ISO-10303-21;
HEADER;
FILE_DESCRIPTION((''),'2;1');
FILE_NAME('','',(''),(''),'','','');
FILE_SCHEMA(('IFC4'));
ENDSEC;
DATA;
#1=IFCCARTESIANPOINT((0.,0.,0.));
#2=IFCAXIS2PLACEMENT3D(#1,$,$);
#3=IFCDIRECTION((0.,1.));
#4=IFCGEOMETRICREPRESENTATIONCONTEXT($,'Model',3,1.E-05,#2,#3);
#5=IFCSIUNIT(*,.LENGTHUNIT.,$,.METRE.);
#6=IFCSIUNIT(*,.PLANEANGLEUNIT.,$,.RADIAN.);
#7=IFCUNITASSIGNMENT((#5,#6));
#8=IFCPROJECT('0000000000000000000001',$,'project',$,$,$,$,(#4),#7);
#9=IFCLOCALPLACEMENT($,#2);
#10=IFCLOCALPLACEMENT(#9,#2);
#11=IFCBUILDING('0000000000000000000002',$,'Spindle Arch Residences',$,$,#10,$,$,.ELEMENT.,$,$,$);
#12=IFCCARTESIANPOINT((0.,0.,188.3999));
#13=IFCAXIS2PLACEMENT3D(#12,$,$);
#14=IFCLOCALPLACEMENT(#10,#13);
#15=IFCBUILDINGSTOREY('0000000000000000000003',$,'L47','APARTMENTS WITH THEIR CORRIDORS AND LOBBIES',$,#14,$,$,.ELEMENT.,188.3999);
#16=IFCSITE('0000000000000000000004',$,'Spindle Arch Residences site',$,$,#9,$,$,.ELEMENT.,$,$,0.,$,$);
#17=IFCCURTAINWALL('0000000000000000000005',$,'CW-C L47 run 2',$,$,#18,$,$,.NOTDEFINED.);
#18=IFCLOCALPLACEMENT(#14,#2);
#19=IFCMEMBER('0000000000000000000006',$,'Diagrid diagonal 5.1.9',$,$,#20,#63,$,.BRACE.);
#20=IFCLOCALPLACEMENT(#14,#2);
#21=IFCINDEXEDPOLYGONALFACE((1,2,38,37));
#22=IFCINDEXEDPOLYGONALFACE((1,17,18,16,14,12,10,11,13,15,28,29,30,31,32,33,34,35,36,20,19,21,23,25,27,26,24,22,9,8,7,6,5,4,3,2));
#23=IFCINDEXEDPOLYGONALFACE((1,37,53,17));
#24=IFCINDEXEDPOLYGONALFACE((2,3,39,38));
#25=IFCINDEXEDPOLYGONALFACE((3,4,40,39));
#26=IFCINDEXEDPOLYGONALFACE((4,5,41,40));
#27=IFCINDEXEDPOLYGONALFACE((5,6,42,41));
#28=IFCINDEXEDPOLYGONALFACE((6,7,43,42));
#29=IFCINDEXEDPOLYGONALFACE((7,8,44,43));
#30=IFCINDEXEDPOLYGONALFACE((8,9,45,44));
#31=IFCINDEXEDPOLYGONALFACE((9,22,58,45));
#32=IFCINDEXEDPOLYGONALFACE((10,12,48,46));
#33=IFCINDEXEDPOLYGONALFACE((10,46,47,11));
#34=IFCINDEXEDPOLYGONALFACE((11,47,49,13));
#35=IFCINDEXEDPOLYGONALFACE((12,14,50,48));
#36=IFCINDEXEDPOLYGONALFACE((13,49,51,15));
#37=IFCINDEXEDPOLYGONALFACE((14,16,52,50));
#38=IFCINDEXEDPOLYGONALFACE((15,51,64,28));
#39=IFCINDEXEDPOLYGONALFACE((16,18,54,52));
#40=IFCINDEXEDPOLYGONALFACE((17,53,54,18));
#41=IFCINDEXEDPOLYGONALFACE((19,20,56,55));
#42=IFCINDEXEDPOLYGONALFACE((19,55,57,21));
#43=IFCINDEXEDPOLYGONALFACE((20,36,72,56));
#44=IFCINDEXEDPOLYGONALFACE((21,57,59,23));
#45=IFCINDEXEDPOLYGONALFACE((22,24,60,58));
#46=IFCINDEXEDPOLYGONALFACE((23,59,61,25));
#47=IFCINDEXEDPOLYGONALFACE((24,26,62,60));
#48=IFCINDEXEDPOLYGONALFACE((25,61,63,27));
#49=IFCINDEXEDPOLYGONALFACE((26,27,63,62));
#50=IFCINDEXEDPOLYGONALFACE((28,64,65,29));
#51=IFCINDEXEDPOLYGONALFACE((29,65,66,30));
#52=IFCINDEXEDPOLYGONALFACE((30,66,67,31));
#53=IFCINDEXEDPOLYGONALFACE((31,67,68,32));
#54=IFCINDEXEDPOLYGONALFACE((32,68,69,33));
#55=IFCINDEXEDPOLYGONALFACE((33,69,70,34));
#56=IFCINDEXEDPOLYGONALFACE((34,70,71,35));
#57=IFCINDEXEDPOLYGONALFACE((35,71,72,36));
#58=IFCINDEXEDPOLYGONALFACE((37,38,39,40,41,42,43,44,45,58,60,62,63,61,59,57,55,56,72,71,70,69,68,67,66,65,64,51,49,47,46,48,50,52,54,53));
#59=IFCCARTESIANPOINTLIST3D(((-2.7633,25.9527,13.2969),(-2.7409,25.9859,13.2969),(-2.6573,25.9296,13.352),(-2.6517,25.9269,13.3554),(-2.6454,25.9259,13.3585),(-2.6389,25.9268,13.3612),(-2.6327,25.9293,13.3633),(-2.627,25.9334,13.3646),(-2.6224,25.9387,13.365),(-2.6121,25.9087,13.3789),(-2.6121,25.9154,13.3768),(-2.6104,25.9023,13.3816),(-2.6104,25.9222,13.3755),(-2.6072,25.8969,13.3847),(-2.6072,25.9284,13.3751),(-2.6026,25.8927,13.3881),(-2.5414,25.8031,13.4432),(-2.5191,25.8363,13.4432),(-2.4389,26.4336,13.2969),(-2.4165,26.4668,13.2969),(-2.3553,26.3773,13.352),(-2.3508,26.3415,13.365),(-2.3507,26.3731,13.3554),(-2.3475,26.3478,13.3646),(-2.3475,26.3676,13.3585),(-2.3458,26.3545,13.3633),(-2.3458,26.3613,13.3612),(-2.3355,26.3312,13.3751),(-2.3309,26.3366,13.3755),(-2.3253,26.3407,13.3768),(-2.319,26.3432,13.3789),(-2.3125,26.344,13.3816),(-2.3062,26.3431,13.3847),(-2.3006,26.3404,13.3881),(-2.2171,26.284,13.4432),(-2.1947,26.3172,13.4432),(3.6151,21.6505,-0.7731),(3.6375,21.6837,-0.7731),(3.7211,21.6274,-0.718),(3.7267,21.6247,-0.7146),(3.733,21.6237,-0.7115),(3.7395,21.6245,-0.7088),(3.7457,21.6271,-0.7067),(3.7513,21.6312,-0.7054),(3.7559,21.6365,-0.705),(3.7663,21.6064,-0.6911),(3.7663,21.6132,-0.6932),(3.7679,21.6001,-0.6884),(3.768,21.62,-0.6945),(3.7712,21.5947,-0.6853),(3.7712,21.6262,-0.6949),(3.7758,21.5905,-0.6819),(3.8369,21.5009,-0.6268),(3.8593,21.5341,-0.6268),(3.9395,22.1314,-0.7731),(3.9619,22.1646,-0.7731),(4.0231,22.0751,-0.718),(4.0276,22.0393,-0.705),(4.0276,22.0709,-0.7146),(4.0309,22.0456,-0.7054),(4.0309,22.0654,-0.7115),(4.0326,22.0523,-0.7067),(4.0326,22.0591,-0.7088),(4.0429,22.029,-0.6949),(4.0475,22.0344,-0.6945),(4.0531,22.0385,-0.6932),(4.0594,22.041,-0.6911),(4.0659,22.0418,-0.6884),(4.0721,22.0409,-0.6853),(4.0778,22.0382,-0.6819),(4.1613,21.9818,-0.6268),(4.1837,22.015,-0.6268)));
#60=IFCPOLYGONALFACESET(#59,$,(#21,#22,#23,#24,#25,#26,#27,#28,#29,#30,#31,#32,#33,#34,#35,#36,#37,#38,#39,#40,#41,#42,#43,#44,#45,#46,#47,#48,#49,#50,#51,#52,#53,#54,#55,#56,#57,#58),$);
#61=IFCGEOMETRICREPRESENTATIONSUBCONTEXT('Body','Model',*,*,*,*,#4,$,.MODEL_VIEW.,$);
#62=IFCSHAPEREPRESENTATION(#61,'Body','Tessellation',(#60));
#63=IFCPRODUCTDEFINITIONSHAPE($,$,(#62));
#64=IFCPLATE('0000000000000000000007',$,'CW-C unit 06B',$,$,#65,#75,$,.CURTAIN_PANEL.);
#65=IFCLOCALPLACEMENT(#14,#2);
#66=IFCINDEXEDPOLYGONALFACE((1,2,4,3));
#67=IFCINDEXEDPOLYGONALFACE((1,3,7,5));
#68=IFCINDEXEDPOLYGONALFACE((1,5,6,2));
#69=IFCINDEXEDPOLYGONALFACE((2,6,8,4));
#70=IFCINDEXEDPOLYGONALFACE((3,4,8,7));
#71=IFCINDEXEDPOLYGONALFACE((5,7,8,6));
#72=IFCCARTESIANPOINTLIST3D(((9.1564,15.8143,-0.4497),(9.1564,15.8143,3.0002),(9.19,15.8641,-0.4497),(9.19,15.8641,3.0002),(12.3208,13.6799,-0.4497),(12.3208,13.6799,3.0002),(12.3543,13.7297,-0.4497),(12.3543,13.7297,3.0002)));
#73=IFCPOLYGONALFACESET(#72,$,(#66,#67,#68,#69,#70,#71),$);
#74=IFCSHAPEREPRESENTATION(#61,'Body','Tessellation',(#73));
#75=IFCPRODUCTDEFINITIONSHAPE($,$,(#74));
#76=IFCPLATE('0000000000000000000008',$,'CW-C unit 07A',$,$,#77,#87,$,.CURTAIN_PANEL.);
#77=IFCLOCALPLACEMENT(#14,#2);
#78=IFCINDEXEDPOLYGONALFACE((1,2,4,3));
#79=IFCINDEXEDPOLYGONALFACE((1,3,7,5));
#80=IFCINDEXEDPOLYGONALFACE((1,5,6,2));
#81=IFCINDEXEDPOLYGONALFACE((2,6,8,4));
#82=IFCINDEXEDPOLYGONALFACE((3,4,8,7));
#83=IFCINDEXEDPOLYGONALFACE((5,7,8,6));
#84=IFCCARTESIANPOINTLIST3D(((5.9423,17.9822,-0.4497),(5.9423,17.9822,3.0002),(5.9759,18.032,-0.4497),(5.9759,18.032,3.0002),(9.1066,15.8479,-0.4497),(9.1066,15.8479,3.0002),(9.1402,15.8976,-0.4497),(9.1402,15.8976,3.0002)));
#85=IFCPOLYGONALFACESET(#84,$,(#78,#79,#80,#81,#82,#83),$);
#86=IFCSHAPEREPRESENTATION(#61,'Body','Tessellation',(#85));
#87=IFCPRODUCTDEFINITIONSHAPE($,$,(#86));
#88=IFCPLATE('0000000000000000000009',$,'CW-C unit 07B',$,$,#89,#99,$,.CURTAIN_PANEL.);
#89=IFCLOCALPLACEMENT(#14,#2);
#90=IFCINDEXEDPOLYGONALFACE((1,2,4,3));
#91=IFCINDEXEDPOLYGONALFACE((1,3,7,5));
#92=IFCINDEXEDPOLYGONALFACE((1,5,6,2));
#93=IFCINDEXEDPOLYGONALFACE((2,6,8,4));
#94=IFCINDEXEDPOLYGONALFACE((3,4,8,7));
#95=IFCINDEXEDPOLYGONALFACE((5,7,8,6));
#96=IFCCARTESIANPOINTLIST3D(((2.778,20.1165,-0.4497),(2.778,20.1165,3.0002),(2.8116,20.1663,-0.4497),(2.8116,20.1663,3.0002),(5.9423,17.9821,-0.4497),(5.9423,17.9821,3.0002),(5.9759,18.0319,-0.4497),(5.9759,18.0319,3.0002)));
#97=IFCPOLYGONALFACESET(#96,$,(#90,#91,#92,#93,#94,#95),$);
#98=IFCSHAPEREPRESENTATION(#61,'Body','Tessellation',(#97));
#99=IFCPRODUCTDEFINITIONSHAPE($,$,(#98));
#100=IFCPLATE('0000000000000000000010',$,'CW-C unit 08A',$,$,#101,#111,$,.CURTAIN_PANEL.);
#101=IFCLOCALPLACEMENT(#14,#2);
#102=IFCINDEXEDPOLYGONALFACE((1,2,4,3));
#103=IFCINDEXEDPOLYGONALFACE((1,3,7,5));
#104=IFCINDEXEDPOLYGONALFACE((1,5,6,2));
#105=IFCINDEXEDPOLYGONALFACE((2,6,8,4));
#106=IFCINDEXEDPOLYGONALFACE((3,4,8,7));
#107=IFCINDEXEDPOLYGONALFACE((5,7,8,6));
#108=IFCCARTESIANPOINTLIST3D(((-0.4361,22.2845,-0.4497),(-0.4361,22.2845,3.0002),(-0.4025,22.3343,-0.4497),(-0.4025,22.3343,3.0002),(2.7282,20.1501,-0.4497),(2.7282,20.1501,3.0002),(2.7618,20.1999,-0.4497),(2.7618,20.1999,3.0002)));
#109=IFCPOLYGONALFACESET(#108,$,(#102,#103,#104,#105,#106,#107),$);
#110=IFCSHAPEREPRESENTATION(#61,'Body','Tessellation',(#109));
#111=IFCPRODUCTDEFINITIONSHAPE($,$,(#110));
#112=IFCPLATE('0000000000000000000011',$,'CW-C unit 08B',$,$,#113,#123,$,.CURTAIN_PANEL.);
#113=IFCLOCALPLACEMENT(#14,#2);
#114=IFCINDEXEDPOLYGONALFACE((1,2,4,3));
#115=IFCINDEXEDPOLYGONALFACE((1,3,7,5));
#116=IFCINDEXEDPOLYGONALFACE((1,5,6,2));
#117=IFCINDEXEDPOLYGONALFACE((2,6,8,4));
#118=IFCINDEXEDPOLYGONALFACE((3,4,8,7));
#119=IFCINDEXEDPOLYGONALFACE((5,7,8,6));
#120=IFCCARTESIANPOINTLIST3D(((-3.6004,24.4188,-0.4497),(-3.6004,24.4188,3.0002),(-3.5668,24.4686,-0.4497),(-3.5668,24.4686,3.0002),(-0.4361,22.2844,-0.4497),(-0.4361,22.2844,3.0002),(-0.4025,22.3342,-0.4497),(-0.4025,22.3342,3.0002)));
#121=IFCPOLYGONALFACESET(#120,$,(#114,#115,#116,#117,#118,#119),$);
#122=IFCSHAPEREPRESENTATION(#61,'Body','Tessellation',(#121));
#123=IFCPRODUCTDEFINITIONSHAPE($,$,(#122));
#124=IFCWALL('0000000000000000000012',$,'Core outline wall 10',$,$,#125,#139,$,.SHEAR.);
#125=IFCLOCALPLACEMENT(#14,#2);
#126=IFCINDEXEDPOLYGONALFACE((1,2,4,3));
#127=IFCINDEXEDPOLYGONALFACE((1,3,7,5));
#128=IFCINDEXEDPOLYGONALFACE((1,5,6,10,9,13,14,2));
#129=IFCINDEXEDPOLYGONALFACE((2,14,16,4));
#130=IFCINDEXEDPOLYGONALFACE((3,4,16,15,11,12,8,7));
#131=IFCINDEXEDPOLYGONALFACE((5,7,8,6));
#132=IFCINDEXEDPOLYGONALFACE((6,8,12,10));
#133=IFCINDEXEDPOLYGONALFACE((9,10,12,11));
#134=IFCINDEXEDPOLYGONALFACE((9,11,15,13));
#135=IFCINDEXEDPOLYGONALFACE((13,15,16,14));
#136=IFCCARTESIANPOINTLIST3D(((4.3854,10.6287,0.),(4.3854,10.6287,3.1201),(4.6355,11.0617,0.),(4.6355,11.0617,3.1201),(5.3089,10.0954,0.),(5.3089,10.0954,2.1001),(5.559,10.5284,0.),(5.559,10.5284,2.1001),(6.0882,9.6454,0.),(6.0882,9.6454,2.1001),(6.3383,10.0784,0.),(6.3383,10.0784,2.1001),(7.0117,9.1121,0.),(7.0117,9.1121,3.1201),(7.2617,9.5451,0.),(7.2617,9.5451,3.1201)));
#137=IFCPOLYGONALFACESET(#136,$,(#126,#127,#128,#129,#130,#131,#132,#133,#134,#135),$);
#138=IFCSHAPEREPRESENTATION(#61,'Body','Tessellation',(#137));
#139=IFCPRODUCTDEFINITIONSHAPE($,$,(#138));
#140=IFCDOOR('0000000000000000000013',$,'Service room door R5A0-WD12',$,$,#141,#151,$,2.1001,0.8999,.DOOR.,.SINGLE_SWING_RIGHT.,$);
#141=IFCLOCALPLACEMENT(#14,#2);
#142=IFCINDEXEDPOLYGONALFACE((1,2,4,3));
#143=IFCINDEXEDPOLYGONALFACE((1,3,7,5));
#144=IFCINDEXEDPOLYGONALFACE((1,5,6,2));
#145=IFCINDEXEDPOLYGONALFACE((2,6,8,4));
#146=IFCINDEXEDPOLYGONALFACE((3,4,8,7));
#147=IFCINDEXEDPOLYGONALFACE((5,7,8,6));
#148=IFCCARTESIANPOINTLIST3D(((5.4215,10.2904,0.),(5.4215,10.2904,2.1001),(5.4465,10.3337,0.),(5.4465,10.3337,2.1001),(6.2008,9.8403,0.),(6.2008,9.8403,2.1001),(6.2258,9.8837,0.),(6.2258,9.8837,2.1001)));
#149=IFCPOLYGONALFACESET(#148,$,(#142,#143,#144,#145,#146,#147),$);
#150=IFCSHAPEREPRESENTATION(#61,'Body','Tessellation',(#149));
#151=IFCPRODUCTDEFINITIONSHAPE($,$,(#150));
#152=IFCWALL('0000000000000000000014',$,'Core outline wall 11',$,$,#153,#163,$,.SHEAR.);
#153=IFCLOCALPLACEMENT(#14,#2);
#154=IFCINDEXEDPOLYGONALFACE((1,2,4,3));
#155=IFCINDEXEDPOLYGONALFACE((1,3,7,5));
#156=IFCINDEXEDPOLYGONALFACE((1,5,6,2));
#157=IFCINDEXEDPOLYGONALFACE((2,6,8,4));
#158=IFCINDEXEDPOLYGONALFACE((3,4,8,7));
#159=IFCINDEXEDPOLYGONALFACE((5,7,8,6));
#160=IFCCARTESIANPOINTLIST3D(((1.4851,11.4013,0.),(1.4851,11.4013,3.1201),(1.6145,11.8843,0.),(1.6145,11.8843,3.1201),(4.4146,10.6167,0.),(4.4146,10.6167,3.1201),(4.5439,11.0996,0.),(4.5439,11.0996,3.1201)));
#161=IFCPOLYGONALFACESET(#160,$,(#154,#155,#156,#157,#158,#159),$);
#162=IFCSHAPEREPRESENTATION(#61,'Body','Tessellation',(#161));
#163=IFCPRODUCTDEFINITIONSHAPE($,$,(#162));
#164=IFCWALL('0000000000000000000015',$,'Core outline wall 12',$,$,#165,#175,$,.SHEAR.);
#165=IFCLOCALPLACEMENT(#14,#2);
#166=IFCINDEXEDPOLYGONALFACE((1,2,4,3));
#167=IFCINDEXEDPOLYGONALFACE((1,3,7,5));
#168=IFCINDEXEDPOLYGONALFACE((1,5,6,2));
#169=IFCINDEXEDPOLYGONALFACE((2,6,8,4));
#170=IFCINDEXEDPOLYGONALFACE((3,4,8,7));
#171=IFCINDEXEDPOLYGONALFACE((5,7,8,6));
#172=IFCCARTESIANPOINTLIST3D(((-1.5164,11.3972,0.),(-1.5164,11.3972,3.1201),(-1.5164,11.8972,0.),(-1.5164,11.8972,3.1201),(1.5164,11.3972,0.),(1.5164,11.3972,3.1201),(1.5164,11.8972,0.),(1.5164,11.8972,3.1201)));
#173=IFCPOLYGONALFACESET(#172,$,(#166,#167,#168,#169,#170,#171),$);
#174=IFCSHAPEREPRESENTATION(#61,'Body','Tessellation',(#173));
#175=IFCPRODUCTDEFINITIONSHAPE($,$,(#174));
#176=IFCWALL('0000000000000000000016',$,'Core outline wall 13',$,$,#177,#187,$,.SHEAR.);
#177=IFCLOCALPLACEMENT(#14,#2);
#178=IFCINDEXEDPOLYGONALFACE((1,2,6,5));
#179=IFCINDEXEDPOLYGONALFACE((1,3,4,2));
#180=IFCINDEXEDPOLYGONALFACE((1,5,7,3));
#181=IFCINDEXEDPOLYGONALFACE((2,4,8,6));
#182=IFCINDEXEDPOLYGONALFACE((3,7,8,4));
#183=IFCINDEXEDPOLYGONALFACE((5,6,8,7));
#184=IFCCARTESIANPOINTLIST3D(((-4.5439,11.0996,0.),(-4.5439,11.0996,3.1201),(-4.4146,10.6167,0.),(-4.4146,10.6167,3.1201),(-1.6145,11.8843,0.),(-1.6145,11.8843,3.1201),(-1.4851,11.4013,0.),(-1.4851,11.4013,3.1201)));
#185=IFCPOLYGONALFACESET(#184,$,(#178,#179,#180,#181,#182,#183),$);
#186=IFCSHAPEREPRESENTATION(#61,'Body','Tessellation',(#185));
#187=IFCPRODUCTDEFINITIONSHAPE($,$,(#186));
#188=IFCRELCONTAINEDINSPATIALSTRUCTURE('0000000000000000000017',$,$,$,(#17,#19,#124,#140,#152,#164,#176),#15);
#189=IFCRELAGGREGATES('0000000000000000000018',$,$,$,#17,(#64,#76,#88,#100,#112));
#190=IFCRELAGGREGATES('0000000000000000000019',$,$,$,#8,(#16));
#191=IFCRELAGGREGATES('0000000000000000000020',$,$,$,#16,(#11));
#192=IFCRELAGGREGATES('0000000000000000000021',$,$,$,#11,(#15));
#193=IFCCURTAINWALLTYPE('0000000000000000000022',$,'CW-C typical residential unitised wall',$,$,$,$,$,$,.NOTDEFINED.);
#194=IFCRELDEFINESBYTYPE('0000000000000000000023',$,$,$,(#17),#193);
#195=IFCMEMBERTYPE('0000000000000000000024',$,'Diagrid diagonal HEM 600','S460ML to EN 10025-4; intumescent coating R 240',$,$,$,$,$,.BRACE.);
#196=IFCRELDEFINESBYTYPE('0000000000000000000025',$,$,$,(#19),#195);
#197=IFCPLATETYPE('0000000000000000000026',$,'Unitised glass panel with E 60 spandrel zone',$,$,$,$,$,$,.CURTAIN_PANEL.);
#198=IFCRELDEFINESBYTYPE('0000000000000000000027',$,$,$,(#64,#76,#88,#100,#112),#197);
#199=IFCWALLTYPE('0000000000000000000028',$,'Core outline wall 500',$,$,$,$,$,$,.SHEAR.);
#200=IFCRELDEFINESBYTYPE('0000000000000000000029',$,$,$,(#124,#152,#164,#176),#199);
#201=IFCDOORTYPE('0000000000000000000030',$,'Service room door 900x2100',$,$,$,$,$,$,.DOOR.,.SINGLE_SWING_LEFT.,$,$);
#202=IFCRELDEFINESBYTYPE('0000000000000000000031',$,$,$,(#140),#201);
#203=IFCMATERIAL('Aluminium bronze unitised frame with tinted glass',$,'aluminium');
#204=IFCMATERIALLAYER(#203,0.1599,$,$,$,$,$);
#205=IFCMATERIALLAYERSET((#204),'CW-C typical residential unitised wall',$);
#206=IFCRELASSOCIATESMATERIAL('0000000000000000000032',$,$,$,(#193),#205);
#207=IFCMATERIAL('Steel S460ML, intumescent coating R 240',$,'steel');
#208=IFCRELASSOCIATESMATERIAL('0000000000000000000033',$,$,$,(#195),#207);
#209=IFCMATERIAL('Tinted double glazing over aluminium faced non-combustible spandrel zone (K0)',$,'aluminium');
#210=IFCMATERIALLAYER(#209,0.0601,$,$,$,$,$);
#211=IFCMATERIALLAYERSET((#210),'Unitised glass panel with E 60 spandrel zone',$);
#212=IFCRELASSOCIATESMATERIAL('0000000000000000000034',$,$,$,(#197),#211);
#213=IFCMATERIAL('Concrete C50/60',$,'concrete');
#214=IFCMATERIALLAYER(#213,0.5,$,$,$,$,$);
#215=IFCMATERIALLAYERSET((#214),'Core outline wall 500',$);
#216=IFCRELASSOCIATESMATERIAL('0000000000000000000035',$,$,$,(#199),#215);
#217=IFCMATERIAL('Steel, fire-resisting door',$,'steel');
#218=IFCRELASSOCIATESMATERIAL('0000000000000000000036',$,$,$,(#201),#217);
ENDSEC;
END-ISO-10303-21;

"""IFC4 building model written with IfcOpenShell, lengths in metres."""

from ifc_helpers import new_model, si_unit, direction, frame, frame_2d, origin, origin_2d, place, context, subcontext, project, spatial, rectangle, i_section, extrude, material, layer, layer_set, material_profile, profile_set, type_object, element, fill, aggregate, save


model = new_model("IFC4")

# Units and contexts
model_context = context("Model", 3, precision=1e-05, world=origin(), true_north=direction((0.0, 1.0)))
body_context = subcontext(model_context, "Body", "Model", "MODEL_VIEW")
ifc_project = project(units=[si_unit("LENGTHUNIT", "METRE"), si_unit("PLANEANGLEUNIT", "RADIAN")], contexts=[model_context])

# Site, building, storey
site_placement = place(None, origin())
site = spatial("IfcSite", under=ifc_project, at=site_placement, Name="Spindle Arch Residences site", CompositionType="ELEMENT", RefElevation=0.0)
building_placement = place(site_placement, origin())
building = spatial("IfcBuilding", under=site, at=building_placement, Name="Spindle Arch Residences", CompositionType="ELEMENT")
storey_placement = place(building_placement, frame((0.0, 0.0, 188.3999)))
storey = spatial("IfcBuildingStorey", under=building, at=storey_placement, Name="L47", Description="APARTMENTS WITH THEIR CORRIDORS AND LOBBIES", CompositionType="ELEMENT", Elevation=188.3999)

# Curtain wall
ifc_material_1 = material(Name="Aluminium bronze unitised frame with tinted glass", Category="aluminium")
ifc_layer_1 = layer(ifc_material_1, 0.1599)
ifc_layer_set_1 = layer_set([ifc_layer_1], Name="CW-C typical residential unitised wall")
curtain_wall_type = type_object("IfcCurtainWallType", Name="CW-C typical residential unitised wall", PredefinedType="NOTDEFINED", material=ifc_layer_set_1)
curtain_wall_placement = place(storey_placement, origin())
curtain_wall = element("IfcCurtainWall", 1, at=curtain_wall_placement, inside=storey, type_object=curtain_wall_type, Name="CW-C L47 run 2", PredefinedType="NOTDEFINED")

# Member
ifc_material_2 = material(Name="Steel S460ML, intumescent coating R 240", Category="steel")
ifc_material_profile_1 = material_profile(ifc_material_2, i_section(OverallWidth=0.3049, OverallDepth=0.6201, WebThickness=0.021, FlangeThickness=0.04, FilletRadius=0.0271, at=origin_2d()), Name="HEM 600")
ifc_profile_set_1 = profile_set([ifc_material_profile_1], Name="Steel S460ML, intumescent coating R 240")
member_type_1 = type_object("IfcMemberType", Name="Diagrid diagonal HEM 600", Description="S460ML to EN 10025-4; intumescent coating R 240", PredefinedType="BRACE", material=ifc_profile_set_1)
for number, where, z_axis, x_axis, name in (
    (2, (3.8994, 21.8328, -0.7), (-0.397751, 0.268283, 0.877393), (0.727395, -0.490628, 0.479772), "Diagrid diagonal 5.1.9"),
):
    element("IfcMember", number, at=place(storey_placement, frame(where, z_axis=z_axis, x_axis=x_axis)), inside=storey, type_object=member_type_1, Name=name, PredefinedType="BRACE", context=body_context, shape_type="SweptSolid", body=[
        extrude(i_section(OverallWidth=0.3049, OverallDepth=0.6201, WebThickness=0.021, FlangeThickness=0.04, FilletRadius=0.0271, at=origin_2d()), origin(), (0.0, 0.0, 1.0), 16.0361),
    ])

# Plates
ifc_material_3 = material(Name="Tinted double glazing over aluminium faced non-combustible spandrel zone (K0)", Category="aluminium")
ifc_layer_2 = layer(ifc_material_3, 0.0601)
ifc_layer_set_2 = layer_set([ifc_layer_2], Name="Unitised glass panel with E 60 spandrel zone")
plate_type = type_object("IfcPlateType", Name="Unitised glass panel with E 60 spandrel zone", PredefinedType="CURTAIN_PANEL", material=ifc_layer_set_2)
plate_1_placement = place(storey_placement, frame((10.7554, 14.772, -0.4497), z_axis=(0.0, 0.0, 1.0), x_axis=(-0.829038, 0.559193, 0.0)))
plate_1 = element("IfcPlate", 3, at=plate_1_placement, type_object=plate_type, Name="CW-C unit 06B", PredefinedType="CURTAIN_PANEL", context=body_context, shape_type="SweptSolid", body=[
    extrude(rectangle(XDim=3.8169, YDim=0.0601, at=origin_2d()), origin(), (0.0, 0.0, 1.0), 3.45),
])
plate_2_placement = place(storey_placement, frame((7.5413, 16.9399, -0.4497), z_axis=(0.0, 0.0, 1.0), x_axis=(-0.829038, 0.559193, 0.0)))
plate_2 = element("IfcPlate", 4, at=plate_2_placement, type_object=plate_type, Name="CW-C unit 07A", PredefinedType="CURTAIN_PANEL", context=body_context, shape_type="SweptSolid", body=[
    extrude(rectangle(XDim=3.8169, YDim=0.0601, at=origin_2d()), origin(), (0.0, 0.0, 1.0), 3.45),
])
plate_3_placement = place(storey_placement, frame((4.377, 19.0742, -0.4497), z_axis=(0.0, 0.0, 1.0), x_axis=(-0.829038, 0.559193, 0.0)))
plate_3 = element("IfcPlate", 5, at=plate_3_placement, type_object=plate_type, Name="CW-C unit 07B", PredefinedType="CURTAIN_PANEL", context=body_context, shape_type="SweptSolid", body=[
    extrude(rectangle(XDim=3.8169, YDim=0.0601, at=origin_2d()), origin(), (0.0, 0.0, 1.0), 3.45),
])
plate_4_placement = place(storey_placement, frame((1.1628, 21.2422, -0.4497), z_axis=(0.0, 0.0, 1.0), x_axis=(-0.829038, 0.559193, 0.0)))
plate_4 = element("IfcPlate", 6, at=plate_4_placement, type_object=plate_type, Name="CW-C unit 08A", PredefinedType="CURTAIN_PANEL", context=body_context, shape_type="SweptSolid", body=[
    extrude(rectangle(XDim=3.8169, YDim=0.0601, at=origin_2d()), origin(), (0.0, 0.0, 1.0), 3.45),
])
plate_5_placement = place(storey_placement, frame((-2.0015, 23.3765, -0.4497), z_axis=(0.0, 0.0, 1.0), x_axis=(-0.829038, 0.559193, 0.0)))
plate_5 = element("IfcPlate", 7, at=plate_5_placement, type_object=plate_type, Name="CW-C unit 08B", PredefinedType="CURTAIN_PANEL", context=body_context, shape_type="SweptSolid", body=[
    extrude(rectangle(XDim=3.8169, YDim=0.0601, at=origin_2d()), origin(), (0.0, 0.0, 1.0), 3.45),
])
aggregate(curtain_wall, [plate_1, plate_2, plate_3, plate_4, plate_5])

# Wall, opening, door
ifc_material_4 = material(Name="Concrete C50/60", Category="concrete")
ifc_layer_3 = layer(ifc_material_4, 0.5)
ifc_layer_set_3 = layer_set([ifc_layer_3], Name="Core outline wall 500")
wall_type_1 = type_object("IfcWallType", Name="Core outline wall 500", PredefinedType="SHEAR", material=ifc_layer_set_3)
wall_1_placement = place(storey_placement, frame((7.1367, 9.3286, 0.0), z_axis=(0.0, 0.0, 1.0), x_axis=(-0.865975, 0.500087, 0.0)))
wall_1 = element("IfcWall", 8, at=wall_1_placement, inside=storey, type_object=wall_type_1, Name="Core outline wall 10", PredefinedType="SHEAR", context=body_context, shape_type="SweptSolid", body=[
    extrude(rectangle(XDim=3.0327, YDim=0.5, at=frame_2d((1.5164, 0.0))), origin(), (0.0, 0.0, 1.0), 3.1201),
])
opening_1_placement = place(wall_1_placement, frame((1.0664, 0.0, 0.0)))
opening_1 = element("IfcOpeningElement", 9, at=opening_1_placement, cuts=wall_1, PredefinedType="OPENING", context=body_context, shape_type="SweptSolid", body=[
    extrude(rectangle(XDim=0.8999, YDim=2.1001, at=frame_2d((0.45, 1.05))), frame((0.0, 0.26, 0.0), z_axis=(0.0, -1.0, 0.0), x_axis=(1.0, 0.0, 0.0)), (0.0, 0.0, 1.0), 0.52),
])
ifc_material_5 = material(Name="Steel, fire-resisting door", Category="steel")
door_type_1 = type_object("IfcDoorType", Name="Service room door 900x2100", OperationType="SINGLE_SWING_LEFT", PredefinedType="DOOR", material=ifc_material_5)
door_1_placement = place(opening_1_placement, origin())
door_1 = element("IfcDoor", 10, at=door_1_placement, inside=storey, type_object=door_type_1, Name="Service room door R5A0-WD12", OperationType="SINGLE_SWING_RIGHT", OverallHeight=2.1001, OverallWidth=0.8999, PredefinedType="DOOR", context=body_context, shape_type="SweptSolid", body=[
    extrude(rectangle(XDim=0.8999, YDim=2.1001, at=frame_2d((0.45, 1.05))), frame((0.0, 0.0249, 0.0), z_axis=(0.0, -1.0, 0.0), x_axis=(1.0, 0.0, 0.0)), (0.0, 0.0, 1.0), 0.05),
])
fill(opening_1, door_1)

# Walls
for number, where, z_axis, x_axis, name in (
    (11, (4.4792, 10.8582, 0.0), (0.0, 0.0, 1.0), (-0.965948, 0.258735, 0.0), "Core outline wall 11"),
    (12, (1.5164, 11.6472, 0.0), (0.0, 0.0, 1.0), (-1.0, 0.0, 0.0), "Core outline wall 12"),
    (13, (-1.5498, 11.6428, 0.0), (0.0, 0.0, 1.0), (-0.965948, -0.258735, 0.0), "Core outline wall 13"),
):
    element("IfcWall", number, at=place(storey_placement, frame(where, z_axis=z_axis, x_axis=x_axis)), inside=storey, type_object=wall_type_1, Name=name, PredefinedType="SHEAR", context=body_context, shape_type="SweptSolid", body=[
        extrude(rectangle(XDim=3.0327, YDim=0.5, at=frame_2d((1.5164, 0.0))), origin(), (0.0, 0.0, 1.0), 3.1201),
    ])

save(model, "model.ifc")
